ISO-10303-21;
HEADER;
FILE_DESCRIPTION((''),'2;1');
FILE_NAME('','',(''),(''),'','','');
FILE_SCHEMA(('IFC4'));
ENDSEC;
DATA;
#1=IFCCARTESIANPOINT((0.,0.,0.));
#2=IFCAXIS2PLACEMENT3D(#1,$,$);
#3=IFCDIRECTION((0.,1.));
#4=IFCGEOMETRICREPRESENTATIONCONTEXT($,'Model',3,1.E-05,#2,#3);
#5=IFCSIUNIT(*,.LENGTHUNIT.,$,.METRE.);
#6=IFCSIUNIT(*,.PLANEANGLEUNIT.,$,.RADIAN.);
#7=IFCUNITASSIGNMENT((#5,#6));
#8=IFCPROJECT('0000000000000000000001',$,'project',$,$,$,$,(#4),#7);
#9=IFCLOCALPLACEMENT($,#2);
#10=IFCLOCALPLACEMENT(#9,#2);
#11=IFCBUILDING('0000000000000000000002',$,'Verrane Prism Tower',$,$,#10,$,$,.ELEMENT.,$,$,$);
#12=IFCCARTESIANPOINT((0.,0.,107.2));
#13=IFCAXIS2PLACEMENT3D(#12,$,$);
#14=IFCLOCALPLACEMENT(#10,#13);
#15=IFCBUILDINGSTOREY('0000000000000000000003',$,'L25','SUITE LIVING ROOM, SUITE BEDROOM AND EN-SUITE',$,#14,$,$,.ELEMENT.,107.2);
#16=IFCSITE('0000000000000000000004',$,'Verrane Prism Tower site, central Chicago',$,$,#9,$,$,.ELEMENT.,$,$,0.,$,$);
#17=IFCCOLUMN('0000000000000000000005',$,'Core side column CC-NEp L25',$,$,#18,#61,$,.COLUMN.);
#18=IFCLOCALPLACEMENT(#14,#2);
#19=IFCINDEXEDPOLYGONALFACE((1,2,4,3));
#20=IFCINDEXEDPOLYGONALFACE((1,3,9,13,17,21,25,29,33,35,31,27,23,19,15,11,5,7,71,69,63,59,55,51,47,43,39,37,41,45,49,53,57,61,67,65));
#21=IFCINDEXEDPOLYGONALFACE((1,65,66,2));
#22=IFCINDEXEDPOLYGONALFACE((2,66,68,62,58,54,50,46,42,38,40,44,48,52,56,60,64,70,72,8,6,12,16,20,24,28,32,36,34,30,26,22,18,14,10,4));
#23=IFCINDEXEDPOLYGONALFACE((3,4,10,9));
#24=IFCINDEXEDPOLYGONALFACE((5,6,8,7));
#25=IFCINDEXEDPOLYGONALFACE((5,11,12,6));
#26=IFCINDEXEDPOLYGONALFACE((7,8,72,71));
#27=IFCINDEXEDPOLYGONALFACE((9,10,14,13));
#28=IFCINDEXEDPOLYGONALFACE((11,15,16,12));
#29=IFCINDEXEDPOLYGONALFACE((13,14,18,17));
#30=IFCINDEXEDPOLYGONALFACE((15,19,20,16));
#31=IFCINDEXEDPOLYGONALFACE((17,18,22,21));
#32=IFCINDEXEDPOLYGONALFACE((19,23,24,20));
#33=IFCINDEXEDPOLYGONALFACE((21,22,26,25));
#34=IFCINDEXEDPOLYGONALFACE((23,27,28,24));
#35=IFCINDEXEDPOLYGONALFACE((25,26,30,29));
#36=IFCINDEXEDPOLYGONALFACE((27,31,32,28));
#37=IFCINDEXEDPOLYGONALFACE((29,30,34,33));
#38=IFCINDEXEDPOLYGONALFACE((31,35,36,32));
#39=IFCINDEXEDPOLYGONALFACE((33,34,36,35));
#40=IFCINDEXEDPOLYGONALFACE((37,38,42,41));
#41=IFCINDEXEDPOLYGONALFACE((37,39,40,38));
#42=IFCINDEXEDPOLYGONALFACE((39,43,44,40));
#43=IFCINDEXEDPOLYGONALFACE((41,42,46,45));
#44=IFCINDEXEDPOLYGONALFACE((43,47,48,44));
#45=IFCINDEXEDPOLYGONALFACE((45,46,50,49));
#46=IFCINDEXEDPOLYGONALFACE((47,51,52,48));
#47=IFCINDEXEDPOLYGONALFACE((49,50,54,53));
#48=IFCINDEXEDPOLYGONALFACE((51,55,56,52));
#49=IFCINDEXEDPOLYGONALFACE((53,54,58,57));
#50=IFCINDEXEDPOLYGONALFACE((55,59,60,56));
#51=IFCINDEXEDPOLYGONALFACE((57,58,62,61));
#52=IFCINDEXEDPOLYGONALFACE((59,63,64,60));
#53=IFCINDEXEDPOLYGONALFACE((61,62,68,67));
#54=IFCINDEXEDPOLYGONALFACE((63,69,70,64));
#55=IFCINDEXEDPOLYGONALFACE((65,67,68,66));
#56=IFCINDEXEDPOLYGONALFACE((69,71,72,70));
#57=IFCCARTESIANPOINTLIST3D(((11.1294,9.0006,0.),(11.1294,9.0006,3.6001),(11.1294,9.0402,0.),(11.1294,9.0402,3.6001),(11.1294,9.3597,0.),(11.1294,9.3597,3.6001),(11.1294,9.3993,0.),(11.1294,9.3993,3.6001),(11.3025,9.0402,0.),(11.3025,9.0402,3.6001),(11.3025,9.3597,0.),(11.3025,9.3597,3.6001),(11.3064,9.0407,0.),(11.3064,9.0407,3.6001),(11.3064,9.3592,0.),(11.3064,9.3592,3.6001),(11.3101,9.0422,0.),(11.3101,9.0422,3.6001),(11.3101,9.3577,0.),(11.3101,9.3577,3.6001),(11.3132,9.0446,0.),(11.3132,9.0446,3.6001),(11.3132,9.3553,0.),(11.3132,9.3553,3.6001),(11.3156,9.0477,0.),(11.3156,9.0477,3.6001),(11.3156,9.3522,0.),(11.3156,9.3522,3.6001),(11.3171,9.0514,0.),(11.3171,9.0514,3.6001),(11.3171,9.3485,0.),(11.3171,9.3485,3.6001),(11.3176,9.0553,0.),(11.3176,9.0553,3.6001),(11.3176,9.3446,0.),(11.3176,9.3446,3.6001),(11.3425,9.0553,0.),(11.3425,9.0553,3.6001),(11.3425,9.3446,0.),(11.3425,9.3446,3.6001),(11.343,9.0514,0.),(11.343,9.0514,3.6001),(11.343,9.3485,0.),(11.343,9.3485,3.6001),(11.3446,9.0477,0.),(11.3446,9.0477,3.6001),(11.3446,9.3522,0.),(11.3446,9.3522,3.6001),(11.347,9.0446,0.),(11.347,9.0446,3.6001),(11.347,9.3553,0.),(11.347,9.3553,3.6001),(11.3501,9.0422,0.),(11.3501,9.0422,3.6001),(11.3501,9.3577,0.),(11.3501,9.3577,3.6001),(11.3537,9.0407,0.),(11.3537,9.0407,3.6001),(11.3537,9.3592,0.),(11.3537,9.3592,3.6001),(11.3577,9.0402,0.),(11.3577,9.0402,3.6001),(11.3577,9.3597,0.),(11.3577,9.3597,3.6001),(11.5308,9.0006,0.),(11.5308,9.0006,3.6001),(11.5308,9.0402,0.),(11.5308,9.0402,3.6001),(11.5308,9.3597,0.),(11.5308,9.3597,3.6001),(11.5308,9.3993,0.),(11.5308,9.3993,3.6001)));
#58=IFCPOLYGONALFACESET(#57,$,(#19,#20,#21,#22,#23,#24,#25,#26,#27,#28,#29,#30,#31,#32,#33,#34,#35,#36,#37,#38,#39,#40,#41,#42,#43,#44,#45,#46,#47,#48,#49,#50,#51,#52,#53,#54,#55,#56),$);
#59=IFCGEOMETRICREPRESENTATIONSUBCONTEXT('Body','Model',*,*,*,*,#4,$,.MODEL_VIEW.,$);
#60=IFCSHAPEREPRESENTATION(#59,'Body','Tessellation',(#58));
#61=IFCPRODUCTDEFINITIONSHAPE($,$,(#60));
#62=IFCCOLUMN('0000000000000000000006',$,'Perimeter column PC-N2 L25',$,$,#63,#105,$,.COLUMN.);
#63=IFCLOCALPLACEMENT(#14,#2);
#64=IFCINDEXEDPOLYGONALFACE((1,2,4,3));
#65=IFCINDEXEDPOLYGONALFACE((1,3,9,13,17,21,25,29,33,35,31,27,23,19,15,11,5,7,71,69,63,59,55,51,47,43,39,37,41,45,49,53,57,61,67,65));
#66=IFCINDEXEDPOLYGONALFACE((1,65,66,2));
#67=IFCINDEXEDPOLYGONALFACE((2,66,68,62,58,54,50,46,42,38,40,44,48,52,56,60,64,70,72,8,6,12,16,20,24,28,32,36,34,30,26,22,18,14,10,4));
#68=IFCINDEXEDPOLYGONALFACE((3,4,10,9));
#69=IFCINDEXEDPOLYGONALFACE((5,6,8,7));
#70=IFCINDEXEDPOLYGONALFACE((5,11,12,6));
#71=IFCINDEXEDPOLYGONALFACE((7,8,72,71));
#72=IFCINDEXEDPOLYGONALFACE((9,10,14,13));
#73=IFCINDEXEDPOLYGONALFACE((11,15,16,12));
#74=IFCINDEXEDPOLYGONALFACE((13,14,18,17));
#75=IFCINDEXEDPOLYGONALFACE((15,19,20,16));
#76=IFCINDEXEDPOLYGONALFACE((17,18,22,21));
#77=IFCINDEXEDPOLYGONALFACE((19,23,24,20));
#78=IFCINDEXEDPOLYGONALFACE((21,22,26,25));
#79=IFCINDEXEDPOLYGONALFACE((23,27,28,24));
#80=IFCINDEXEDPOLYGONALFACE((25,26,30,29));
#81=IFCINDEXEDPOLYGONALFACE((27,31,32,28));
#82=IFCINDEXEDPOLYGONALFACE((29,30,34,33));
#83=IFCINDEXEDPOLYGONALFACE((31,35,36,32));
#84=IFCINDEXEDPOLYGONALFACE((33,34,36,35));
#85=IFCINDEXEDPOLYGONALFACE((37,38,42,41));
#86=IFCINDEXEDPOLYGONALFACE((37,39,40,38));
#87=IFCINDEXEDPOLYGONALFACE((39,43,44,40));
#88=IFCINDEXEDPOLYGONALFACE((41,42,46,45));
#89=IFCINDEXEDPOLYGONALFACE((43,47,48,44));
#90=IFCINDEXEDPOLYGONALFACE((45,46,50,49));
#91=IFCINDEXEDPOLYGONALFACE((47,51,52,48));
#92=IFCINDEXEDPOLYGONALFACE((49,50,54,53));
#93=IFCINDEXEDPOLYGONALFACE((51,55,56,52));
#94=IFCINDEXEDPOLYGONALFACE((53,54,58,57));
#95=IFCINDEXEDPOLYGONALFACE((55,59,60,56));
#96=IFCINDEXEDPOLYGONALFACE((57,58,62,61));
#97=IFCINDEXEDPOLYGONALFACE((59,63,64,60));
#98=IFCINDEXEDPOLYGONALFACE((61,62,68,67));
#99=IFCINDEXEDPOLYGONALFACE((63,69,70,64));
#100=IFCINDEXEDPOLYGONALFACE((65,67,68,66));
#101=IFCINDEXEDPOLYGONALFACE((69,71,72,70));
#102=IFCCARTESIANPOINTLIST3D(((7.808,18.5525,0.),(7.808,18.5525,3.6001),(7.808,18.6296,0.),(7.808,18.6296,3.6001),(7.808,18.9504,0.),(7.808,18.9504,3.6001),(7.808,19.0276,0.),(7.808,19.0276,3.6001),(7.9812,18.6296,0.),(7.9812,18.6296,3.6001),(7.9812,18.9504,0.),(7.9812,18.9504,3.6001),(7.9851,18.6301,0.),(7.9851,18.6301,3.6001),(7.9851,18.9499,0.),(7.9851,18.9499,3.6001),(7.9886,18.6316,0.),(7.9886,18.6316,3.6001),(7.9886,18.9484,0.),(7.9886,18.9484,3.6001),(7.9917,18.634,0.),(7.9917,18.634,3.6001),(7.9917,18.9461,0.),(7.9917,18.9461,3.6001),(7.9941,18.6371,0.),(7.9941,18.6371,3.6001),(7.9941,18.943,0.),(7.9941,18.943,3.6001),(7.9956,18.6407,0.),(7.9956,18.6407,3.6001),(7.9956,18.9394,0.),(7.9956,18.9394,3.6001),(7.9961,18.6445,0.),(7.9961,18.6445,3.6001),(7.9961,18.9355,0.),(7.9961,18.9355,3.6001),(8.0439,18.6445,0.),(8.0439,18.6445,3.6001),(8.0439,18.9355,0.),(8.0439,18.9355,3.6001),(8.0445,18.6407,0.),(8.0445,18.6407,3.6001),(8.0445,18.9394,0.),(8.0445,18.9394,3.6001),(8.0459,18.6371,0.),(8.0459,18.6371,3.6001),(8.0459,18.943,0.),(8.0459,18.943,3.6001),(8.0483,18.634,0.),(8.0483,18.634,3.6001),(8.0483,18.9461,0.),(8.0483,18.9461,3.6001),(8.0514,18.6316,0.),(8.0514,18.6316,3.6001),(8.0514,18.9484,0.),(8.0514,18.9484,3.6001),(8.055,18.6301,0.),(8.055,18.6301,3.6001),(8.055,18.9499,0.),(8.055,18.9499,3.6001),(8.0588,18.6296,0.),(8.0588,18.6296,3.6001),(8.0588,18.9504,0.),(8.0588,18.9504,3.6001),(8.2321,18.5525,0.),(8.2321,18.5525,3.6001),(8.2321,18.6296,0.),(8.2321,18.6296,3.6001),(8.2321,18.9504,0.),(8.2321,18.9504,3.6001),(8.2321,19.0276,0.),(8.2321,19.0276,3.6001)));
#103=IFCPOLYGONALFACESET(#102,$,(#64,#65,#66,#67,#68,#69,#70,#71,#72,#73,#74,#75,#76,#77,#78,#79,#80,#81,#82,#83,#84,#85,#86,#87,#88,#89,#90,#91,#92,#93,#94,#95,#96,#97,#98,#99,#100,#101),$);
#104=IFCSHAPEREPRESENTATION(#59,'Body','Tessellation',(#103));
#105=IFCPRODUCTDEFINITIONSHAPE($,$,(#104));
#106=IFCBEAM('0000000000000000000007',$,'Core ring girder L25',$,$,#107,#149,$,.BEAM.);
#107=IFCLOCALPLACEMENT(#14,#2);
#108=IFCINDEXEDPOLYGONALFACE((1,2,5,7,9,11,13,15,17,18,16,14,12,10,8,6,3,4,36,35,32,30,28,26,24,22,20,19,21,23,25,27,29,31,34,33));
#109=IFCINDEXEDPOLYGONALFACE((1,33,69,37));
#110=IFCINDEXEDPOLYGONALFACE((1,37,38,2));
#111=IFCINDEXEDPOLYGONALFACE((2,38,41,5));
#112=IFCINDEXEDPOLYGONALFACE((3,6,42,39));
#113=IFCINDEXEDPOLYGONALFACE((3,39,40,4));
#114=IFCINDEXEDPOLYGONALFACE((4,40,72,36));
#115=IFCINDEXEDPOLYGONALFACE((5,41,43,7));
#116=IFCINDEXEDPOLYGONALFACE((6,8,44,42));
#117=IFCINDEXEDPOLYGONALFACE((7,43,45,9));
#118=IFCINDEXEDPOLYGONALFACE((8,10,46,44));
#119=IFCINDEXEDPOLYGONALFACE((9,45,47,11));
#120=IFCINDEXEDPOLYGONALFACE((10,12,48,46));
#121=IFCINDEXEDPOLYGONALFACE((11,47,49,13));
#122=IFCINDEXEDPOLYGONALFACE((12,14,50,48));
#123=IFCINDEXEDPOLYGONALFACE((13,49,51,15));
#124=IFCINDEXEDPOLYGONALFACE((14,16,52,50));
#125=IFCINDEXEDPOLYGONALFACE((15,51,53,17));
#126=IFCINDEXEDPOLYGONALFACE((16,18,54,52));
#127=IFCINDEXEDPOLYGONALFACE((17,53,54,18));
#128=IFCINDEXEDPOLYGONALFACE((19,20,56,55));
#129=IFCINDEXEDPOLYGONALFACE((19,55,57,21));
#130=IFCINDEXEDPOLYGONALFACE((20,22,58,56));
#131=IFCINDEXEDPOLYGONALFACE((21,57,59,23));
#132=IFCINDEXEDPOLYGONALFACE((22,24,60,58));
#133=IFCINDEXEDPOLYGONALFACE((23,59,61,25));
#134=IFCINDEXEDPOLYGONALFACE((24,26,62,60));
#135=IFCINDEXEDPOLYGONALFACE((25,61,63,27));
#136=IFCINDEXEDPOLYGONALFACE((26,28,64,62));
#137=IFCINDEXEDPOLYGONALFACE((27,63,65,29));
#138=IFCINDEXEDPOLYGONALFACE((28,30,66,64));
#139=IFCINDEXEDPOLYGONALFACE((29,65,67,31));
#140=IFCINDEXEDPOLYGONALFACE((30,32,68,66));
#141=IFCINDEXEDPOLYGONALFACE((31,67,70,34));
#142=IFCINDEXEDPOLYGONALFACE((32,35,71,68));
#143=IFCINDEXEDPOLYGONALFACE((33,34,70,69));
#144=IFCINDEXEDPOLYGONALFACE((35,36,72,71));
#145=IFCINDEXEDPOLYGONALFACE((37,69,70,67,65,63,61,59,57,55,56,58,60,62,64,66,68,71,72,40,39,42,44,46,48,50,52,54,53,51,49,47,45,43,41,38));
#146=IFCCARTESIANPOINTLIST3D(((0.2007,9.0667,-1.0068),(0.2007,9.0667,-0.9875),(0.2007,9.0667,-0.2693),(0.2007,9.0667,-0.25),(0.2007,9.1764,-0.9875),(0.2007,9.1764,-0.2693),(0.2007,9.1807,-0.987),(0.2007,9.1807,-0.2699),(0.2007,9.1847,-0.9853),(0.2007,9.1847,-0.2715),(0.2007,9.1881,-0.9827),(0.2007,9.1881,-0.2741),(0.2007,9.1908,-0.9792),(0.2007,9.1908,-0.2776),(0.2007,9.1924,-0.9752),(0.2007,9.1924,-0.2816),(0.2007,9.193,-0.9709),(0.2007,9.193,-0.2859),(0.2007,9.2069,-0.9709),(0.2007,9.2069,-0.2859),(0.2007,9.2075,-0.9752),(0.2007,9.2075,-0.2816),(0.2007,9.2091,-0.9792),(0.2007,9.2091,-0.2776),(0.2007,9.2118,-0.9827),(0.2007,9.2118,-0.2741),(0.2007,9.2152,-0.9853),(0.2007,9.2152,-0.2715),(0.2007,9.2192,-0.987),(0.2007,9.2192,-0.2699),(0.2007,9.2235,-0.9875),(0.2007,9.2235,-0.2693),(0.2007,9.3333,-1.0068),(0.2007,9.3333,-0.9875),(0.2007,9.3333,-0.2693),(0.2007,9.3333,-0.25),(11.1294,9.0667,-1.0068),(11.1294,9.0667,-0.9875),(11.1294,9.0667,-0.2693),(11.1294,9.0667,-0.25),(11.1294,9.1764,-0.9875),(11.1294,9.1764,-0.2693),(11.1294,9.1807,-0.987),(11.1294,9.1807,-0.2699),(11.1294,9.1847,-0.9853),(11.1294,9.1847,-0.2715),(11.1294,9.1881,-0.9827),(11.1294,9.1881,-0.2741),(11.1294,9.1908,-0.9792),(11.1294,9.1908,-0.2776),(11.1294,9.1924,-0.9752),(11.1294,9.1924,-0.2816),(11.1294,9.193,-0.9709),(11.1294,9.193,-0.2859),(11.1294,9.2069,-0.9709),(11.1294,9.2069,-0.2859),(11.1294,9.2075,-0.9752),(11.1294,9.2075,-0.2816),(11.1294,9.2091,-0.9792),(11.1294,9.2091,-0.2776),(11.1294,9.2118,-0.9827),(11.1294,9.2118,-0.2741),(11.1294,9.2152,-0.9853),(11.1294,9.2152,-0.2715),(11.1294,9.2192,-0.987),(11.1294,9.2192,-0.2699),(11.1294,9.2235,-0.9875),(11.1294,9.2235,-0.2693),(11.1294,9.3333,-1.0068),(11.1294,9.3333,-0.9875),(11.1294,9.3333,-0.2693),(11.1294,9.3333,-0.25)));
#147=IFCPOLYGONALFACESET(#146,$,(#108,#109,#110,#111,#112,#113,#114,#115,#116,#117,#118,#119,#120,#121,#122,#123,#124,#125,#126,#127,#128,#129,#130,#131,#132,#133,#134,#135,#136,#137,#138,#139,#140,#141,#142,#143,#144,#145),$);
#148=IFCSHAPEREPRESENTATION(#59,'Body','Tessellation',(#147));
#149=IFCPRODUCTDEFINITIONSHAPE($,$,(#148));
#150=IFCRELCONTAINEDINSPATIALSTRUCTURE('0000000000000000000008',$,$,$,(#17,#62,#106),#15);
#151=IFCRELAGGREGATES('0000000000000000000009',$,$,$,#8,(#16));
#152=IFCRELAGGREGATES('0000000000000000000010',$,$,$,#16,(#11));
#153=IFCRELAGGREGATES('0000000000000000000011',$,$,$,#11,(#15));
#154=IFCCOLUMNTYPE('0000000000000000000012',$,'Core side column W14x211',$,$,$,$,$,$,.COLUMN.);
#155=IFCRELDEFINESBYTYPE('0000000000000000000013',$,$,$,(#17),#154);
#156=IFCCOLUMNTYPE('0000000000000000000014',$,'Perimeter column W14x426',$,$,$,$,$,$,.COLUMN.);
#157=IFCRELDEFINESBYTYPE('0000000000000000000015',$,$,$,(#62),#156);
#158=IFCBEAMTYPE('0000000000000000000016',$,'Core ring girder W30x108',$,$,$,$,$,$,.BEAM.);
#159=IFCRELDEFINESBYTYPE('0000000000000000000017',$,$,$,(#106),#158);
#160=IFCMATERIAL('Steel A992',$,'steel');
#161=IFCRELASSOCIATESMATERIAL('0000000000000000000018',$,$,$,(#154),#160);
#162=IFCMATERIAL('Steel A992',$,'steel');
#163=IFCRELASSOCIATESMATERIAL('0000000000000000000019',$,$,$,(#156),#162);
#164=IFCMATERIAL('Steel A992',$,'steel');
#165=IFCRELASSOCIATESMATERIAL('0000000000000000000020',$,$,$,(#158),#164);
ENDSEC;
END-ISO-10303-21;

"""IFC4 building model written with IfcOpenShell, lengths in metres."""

from ifc_helpers import new_model, si_unit, direction, frame, origin, origin_2d, place, context, subcontext, project, spatial, i_section, extrude, material, material_profile, profile_set, type_object, element, save


model = new_model("IFC4")

# Units and contexts
model_context = context("Model", 3, precision=1e-05, world=origin(), true_north=direction((0.0, 1.0)))
body_context = subcontext(model_context, "Body", "Model", "MODEL_VIEW")
ifc_project = project(units=[si_unit("LENGTHUNIT", "METRE"), si_unit("PLANEANGLEUNIT", "RADIAN")], contexts=[model_context])

# Site, building, storey
site_placement = place(None, origin())
site = spatial("IfcSite", under=ifc_project, at=site_placement, Name="Verrane Prism Tower site, central Chicago", CompositionType="ELEMENT", RefElevation=0.0)
building_placement = place(site_placement, origin())
building = spatial("IfcBuilding", under=site, at=building_placement, Name="Verrane Prism Tower", CompositionType="ELEMENT")
storey_placement = place(building_placement, frame((0.0, 0.0, 107.2)))
storey = spatial("IfcBuildingStorey", under=building, at=storey_placement, Name="L25", Description="SUITE LIVING ROOM, SUITE BEDROOM AND EN-SUITE", CompositionType="ELEMENT", Elevation=107.2)

# Columns
ifc_material_1 = material(Name="Steel A992", Category="steel")
ifc_material_profile_1 = material_profile(ifc_material_1, i_section(OverallWidth=0.4014, OverallDepth=0.3987, WebThickness=0.0249, FlangeThickness=0.0396, FilletRadius=0.0151, at=origin_2d()), Name="W14x211")
ifc_profile_set_1 = profile_set([ifc_material_profile_1], Name="Steel A992")
column_type_1 = type_object("IfcColumnType", Name="Core side column W14x211", PredefinedType="COLUMN", material=ifc_profile_set_1)
column_1_placement = place(storey_placement, frame((11.3301, 9.2, 0.0), z_axis=(0.0, 0.0, 1.0), x_axis=(1.0, 0.0, 0.0)))
element("IfcColumn", 1, at=column_1_placement, inside=storey, type_object=column_type_1, Name="Core side column CC-NEp L25", PredefinedType="COLUMN", context=body_context, shape_type="SweptSolid", body=[
    extrude(i_section(OverallWidth=0.4014, OverallDepth=0.3987, WebThickness=0.0249, FlangeThickness=0.0396, FilletRadius=0.0151, at=origin_2d()), origin(), (0.0, 0.0, 1.0), 3.6001),
])
ifc_material_2 = material(Name="Steel A992", Category="steel")
ifc_material_profile_2 = material_profile(ifc_material_2, i_section(OverallWidth=0.4241, OverallDepth=0.4751, WebThickness=0.0479, FlangeThickness=0.0771, FilletRadius=0.0149, at=origin_2d()), Name="W14x426")
ifc_profile_set_2 = profile_set([ifc_material_profile_2], Name="Steel A992")
column_type_2 = type_object("IfcColumnType", Name="Perimeter column W14x426", PredefinedType="COLUMN", material=ifc_profile_set_2)
column_2_placement = place(storey_placement, frame((8.02, 18.79, 0.0), z_axis=(0.0, 0.0, 1.0), x_axis=(1.0, 0.0, 0.0)))
element("IfcColumn", 2, at=column_2_placement, inside=storey, type_object=column_type_2, Name="Perimeter column PC-N2 L25", PredefinedType="COLUMN", context=body_context, shape_type="SweptSolid", body=[
    extrude(i_section(OverallWidth=0.4241, OverallDepth=0.4751, WebThickness=0.0479, FlangeThickness=0.0771, FilletRadius=0.0149, at=origin_2d()), origin(), (0.0, 0.0, 1.0), 3.6001),
])

# Beam
ifc_material_3 = material(Name="Steel A992", Category="steel")
ifc_material_profile_3 = material_profile(ifc_material_3, i_section(OverallWidth=0.2666, OverallDepth=0.7568, WebThickness=0.0139, FlangeThickness=0.0193, FilletRadius=0.0166, at=origin_2d()), Name="W30x108")
ifc_profile_set_3 = profile_set([ifc_material_profile_3], Name="Steel A992")
beam_type_1 = type_object("IfcBeamType", Name="Core ring girder W30x108", PredefinedType="BEAM", material=ifc_profile_set_3)
beam_1_placement = place(storey_placement, frame((11.1294, 9.2, -0.6284), z_axis=(-1.0, 0.0, 0.0), x_axis=(0.0, -1.0, 0.0)))
element("IfcBeam", 3, at=beam_1_placement, inside=storey, type_object=beam_type_1, Name="Core ring girder L25", PredefinedType="BEAM", context=body_context, shape_type="SweptSolid", body=[
    extrude(i_section(OverallWidth=0.2666, OverallDepth=0.7568, WebThickness=0.0139, FlangeThickness=0.0193, FilletRadius=0.0166, at=origin_2d()), origin(), (0.0, 0.0, 1.0), 10.9287),
])

save(model, "model.ifc")
